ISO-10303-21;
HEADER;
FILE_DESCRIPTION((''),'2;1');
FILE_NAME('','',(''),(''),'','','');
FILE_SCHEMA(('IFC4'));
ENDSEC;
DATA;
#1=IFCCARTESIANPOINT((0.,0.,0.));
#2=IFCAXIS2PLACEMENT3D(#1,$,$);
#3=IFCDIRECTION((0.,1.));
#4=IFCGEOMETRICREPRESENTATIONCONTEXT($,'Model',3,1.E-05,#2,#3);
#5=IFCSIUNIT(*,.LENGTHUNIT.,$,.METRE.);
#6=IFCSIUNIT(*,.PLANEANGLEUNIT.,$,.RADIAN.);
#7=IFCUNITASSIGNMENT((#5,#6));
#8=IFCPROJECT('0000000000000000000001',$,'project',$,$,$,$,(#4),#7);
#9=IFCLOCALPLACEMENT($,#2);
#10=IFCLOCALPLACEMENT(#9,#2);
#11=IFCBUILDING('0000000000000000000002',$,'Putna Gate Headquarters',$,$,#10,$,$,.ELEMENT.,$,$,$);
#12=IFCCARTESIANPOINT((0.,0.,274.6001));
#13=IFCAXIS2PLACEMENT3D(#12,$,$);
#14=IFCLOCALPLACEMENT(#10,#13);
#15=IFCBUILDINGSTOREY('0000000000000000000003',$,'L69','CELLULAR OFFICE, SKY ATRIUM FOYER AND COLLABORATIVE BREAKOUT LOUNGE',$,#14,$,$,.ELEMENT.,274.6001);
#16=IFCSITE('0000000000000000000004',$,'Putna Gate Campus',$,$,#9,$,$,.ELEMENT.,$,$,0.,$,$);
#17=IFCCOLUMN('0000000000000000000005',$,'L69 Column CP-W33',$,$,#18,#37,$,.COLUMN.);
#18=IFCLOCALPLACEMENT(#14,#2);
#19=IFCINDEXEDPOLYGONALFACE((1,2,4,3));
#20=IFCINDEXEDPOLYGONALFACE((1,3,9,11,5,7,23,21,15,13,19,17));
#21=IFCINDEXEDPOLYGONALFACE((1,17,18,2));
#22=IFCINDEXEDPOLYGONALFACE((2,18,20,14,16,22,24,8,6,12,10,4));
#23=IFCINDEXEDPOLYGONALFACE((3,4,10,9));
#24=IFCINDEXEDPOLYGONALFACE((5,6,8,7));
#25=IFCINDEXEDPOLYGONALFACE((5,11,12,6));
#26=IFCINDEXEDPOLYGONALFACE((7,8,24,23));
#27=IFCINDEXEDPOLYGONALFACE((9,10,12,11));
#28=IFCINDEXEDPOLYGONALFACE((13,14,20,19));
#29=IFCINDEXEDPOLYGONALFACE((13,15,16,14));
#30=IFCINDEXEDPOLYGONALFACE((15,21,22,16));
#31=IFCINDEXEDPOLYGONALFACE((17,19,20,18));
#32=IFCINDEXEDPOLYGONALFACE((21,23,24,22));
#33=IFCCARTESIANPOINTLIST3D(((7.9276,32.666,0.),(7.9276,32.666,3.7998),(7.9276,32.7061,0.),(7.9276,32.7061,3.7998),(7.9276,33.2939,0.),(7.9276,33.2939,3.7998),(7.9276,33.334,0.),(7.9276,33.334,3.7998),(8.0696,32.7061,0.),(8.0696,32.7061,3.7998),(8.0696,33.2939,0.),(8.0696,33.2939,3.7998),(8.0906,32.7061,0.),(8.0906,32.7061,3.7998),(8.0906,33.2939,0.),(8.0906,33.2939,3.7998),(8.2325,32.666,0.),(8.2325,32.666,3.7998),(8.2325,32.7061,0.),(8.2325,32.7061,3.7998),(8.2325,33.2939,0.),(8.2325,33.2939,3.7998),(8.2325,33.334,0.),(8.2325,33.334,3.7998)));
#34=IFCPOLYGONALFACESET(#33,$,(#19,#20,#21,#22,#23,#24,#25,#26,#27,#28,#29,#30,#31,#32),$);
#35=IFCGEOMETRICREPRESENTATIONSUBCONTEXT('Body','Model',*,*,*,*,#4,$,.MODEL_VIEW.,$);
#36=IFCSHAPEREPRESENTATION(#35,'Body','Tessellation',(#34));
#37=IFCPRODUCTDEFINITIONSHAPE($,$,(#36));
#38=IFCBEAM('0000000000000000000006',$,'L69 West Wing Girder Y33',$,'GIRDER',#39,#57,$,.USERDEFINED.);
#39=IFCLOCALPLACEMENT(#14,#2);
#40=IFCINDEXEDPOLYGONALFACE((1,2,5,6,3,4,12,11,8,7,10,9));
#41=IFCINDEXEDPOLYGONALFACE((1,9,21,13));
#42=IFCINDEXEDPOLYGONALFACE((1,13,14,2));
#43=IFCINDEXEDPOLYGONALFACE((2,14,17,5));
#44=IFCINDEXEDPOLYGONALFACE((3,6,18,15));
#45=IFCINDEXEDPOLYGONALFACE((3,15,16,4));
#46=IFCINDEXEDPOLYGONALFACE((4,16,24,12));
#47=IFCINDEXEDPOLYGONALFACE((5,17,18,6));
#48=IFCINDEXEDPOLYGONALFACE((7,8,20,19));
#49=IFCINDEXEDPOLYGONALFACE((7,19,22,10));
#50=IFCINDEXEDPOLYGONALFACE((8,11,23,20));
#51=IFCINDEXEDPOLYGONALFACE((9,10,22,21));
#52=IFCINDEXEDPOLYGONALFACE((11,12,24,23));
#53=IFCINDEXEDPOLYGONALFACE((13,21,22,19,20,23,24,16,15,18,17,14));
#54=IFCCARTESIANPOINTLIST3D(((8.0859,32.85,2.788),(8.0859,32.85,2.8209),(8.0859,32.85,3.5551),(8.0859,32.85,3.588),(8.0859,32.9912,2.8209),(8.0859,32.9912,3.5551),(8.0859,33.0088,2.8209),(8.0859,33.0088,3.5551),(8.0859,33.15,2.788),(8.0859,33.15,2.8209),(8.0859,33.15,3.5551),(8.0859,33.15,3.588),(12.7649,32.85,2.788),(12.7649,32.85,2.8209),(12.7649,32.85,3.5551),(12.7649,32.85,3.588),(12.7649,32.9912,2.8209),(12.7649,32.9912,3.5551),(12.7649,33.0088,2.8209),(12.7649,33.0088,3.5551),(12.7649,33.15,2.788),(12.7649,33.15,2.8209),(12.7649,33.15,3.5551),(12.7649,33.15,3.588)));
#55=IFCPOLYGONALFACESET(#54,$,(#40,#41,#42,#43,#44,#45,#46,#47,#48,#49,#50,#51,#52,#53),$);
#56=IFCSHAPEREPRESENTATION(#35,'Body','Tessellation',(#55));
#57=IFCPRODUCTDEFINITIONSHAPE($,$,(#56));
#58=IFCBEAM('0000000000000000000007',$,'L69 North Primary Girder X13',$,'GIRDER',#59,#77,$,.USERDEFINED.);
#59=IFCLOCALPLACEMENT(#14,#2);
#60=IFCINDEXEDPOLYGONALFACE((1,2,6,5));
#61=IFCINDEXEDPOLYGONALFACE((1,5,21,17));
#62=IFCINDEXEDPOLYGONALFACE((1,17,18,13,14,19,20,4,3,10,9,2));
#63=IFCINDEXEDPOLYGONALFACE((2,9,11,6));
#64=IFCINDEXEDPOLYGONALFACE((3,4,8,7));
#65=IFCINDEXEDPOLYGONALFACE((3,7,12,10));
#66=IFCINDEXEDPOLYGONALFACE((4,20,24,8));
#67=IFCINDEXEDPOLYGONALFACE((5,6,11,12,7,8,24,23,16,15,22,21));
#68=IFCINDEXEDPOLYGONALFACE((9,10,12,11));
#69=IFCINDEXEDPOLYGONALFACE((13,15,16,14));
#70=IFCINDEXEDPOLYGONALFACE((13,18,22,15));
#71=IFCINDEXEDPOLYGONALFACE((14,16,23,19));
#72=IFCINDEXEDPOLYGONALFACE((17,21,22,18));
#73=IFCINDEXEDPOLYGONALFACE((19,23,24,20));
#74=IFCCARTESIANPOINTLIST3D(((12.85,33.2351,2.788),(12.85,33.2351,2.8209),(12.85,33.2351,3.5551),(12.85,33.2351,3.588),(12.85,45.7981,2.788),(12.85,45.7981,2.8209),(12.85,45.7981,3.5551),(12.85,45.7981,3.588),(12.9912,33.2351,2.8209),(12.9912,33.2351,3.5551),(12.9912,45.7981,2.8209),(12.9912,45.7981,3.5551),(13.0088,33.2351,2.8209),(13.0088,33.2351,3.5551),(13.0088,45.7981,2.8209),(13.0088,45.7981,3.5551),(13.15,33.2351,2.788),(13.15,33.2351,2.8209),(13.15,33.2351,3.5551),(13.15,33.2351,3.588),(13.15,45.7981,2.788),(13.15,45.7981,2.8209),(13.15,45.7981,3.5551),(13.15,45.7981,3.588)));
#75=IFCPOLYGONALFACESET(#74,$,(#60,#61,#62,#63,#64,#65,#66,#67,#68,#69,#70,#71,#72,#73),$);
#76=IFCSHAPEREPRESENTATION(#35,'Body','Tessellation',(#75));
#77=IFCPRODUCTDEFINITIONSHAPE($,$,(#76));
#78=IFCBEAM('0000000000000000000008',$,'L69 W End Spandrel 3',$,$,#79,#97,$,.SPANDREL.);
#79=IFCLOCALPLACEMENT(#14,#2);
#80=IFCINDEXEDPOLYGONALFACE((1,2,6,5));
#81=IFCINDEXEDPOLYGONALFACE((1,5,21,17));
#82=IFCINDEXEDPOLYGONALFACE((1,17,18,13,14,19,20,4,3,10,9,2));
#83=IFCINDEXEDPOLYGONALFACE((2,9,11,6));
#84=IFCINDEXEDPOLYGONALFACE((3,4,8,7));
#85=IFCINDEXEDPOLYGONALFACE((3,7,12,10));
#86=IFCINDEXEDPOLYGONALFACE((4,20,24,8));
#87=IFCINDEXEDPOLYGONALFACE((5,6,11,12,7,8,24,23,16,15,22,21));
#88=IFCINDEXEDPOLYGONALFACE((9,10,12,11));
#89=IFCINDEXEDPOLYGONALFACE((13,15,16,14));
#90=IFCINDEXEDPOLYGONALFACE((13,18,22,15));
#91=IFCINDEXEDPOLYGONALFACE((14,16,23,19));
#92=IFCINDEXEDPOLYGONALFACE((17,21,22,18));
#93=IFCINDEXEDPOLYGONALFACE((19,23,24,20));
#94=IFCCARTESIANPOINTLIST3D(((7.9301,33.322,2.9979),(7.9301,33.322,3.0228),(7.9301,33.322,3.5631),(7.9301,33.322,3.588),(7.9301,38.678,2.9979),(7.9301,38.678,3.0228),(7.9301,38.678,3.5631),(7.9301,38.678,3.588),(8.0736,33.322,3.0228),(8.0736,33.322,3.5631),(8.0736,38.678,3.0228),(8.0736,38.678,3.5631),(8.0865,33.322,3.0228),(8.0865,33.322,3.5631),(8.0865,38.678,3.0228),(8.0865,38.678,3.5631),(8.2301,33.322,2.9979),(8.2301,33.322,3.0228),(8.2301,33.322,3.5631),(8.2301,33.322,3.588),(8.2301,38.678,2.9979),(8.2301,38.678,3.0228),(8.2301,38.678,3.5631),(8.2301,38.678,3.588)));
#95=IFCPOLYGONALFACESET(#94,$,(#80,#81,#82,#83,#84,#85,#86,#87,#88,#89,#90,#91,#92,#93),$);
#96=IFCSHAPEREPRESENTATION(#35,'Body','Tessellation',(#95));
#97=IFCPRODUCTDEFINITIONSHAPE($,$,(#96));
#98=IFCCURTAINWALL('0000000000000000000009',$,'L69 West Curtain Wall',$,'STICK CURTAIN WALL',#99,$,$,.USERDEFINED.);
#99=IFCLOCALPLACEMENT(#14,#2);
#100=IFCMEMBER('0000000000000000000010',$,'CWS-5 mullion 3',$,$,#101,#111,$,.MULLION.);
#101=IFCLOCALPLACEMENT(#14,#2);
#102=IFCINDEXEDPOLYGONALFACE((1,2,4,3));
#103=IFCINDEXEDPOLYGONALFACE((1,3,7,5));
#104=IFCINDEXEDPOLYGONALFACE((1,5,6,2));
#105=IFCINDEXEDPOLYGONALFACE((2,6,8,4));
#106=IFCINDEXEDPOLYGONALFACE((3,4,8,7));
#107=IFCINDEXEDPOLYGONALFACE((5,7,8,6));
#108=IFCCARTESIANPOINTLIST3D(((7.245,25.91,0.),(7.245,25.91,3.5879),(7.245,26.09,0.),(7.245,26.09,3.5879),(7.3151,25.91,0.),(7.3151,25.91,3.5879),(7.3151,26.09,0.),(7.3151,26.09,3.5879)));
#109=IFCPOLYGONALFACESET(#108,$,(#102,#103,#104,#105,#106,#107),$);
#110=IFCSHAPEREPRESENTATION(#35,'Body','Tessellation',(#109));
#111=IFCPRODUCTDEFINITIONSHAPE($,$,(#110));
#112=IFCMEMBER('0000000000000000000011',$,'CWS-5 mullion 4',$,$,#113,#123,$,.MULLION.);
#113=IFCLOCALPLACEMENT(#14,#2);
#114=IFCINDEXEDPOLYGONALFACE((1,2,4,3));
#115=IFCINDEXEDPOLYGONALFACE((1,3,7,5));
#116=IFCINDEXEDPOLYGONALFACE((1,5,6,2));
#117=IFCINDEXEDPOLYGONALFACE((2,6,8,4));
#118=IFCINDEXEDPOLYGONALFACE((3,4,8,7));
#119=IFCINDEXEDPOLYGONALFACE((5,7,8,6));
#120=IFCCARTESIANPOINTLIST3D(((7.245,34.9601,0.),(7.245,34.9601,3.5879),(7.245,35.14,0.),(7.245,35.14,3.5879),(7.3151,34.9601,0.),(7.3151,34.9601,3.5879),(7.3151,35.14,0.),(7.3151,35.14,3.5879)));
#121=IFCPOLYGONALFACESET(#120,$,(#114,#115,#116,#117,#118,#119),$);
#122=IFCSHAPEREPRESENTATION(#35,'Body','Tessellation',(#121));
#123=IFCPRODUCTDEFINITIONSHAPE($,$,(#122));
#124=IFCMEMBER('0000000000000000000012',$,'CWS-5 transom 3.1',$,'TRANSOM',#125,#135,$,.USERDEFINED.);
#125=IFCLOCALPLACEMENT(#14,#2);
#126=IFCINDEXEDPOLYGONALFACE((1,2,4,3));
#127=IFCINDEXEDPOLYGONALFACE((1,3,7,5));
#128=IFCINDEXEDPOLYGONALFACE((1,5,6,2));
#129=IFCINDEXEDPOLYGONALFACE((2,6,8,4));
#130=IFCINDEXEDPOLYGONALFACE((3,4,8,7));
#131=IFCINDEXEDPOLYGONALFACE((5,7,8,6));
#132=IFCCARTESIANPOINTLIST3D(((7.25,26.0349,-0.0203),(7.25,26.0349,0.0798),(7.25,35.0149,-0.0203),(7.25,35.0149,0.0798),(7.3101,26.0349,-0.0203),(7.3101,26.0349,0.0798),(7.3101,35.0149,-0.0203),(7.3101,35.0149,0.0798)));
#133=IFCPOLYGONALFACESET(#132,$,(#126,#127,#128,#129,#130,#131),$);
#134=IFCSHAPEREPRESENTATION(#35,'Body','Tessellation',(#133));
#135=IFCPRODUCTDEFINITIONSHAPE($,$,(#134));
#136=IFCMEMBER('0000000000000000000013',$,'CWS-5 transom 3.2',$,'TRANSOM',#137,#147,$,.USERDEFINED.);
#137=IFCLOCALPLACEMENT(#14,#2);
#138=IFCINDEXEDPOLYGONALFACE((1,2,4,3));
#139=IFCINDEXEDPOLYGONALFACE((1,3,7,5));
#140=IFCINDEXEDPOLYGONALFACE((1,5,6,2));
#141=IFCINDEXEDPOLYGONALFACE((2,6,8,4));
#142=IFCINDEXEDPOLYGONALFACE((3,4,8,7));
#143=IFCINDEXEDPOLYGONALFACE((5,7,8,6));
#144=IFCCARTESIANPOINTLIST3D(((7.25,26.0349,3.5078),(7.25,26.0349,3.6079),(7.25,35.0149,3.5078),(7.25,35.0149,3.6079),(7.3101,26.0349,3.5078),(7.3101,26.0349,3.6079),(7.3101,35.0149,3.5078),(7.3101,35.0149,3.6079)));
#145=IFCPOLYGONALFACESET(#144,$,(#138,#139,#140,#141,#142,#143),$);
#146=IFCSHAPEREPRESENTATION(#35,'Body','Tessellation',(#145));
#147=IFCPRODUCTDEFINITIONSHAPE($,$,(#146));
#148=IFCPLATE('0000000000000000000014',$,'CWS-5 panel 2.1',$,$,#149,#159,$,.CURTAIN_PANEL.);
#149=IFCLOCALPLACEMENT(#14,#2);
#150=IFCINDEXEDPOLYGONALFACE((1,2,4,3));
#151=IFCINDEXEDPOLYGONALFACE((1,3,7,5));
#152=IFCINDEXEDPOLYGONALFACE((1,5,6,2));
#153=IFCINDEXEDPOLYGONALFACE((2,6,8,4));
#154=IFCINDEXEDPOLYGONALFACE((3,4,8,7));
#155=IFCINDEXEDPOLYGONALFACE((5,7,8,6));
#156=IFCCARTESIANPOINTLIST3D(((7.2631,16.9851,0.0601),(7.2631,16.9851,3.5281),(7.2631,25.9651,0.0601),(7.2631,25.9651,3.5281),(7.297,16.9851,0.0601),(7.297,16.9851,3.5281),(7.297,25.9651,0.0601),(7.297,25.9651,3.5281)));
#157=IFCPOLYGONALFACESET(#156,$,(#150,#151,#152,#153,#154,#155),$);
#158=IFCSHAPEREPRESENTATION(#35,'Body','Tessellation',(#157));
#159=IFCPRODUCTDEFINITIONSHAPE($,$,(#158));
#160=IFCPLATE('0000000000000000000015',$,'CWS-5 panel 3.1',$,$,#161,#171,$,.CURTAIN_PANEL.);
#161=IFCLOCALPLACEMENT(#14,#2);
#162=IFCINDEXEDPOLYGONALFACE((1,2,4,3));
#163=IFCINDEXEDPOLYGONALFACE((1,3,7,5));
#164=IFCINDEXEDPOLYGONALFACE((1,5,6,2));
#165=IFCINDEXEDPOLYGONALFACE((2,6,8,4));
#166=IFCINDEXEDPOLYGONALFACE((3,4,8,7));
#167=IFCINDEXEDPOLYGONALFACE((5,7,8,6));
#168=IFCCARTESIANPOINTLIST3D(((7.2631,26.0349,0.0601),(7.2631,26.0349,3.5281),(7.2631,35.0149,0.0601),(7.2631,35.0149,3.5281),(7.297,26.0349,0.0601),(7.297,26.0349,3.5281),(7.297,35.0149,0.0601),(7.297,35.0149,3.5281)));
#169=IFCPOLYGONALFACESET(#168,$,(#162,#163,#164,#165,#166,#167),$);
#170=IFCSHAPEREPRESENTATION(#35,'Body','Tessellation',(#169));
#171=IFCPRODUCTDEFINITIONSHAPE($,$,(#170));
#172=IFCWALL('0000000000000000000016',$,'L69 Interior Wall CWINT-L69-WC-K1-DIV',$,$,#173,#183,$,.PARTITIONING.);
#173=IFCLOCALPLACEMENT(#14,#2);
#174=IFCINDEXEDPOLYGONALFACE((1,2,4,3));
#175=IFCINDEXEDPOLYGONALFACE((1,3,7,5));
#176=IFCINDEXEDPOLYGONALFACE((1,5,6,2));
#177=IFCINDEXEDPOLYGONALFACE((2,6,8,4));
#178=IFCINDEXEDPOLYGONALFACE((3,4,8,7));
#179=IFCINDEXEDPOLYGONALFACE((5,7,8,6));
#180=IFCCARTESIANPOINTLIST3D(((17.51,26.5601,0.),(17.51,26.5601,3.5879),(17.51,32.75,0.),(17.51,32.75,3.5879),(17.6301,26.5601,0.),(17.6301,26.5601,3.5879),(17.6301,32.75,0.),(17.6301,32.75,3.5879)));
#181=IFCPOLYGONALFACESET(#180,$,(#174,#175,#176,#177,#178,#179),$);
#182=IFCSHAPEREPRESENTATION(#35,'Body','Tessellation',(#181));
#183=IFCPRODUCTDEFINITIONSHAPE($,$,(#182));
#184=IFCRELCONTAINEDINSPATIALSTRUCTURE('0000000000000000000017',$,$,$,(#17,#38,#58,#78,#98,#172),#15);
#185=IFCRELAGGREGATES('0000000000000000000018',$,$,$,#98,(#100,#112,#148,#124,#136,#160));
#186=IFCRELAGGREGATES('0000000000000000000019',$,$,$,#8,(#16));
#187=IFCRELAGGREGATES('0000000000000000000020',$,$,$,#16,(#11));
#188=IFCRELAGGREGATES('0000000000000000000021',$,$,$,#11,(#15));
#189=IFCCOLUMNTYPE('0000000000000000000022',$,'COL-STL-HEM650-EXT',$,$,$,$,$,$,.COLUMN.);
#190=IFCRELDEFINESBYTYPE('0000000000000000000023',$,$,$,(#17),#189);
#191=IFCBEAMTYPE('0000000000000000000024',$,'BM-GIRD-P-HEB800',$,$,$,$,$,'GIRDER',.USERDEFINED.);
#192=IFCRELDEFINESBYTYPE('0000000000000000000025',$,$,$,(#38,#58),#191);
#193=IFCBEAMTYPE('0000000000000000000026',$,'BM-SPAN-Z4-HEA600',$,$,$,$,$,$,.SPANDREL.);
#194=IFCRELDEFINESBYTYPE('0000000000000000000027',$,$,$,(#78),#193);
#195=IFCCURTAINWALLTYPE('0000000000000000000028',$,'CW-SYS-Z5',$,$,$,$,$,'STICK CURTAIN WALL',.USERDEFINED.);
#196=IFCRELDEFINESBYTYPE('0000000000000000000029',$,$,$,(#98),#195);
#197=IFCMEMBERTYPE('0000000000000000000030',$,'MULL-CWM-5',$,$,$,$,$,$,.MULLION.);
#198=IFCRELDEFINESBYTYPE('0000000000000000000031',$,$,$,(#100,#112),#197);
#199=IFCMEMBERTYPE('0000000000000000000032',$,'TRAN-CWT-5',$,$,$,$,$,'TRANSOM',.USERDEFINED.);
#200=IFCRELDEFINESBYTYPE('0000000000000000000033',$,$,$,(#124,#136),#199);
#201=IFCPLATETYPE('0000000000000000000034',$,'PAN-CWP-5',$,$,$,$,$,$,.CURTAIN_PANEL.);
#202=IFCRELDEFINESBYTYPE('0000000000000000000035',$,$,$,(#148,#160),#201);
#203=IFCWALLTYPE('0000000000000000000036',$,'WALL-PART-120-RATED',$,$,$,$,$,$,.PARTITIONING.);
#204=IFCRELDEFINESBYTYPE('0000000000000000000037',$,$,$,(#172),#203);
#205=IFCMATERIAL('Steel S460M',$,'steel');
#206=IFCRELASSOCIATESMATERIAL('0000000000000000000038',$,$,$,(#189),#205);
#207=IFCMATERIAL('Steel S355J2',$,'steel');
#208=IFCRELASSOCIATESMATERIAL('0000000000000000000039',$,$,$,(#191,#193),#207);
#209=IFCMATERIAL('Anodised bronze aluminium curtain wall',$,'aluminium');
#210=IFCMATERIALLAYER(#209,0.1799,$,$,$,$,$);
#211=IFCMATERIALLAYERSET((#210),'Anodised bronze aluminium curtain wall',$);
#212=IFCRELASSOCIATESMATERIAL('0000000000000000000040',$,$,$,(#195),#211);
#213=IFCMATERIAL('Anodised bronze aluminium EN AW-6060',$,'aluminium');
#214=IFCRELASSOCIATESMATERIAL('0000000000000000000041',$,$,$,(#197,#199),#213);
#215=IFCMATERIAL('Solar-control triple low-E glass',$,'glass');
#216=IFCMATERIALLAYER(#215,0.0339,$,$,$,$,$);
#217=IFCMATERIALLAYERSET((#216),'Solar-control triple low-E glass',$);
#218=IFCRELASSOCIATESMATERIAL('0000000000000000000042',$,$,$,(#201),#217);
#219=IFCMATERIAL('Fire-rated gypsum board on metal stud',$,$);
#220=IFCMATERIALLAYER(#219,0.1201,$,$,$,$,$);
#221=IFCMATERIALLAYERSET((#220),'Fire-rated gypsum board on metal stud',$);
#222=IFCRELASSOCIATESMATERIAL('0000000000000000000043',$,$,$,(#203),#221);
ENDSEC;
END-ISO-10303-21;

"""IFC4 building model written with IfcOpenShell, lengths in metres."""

from ifc_helpers import new_model, si_unit, direction, frame, frame_2d, origin, origin_2d, place, context, subcontext, project, spatial, rectangle, i_section, extrude, material, layer, layer_set, material_profile, profile_set, type_object, element, aggregate, save


model = new_model("IFC4")

# Units and contexts
model_context = context("Model", 3, precision=1e-05, world=origin(), true_north=direction((0.0, 1.0)))
body_context = subcontext(model_context, "Body", "Model", "MODEL_VIEW")
ifc_project = project(units=[si_unit("LENGTHUNIT", "METRE"), si_unit("PLANEANGLEUNIT", "RADIAN")], contexts=[model_context])

# Site, building, storey
site_placement = place(None, origin())
site = spatial("IfcSite", under=ifc_project, at=site_placement, Name="Putna Gate Campus", CompositionType="ELEMENT", RefElevation=0.0)
building_placement = place(site_placement, origin())
building = spatial("IfcBuilding", under=site, at=building_placement, Name="Putna Gate Headquarters", CompositionType="ELEMENT")
storey_placement = place(building_placement, frame((0.0, 0.0, 274.6001)))
storey = spatial("IfcBuildingStorey", under=building, at=storey_placement, Name="L69", Description="CELLULAR OFFICE, SKY ATRIUM FOYER AND COLLABORATIVE BREAKOUT LOUNGE", CompositionType="ELEMENT", Elevation=274.6001)

# Column
ifc_material_1 = material(Name="Steel S460M", Category="steel")
ifc_material_profile_1 = material_profile(ifc_material_1, i_section(OverallWidth=0.3049, OverallDepth=0.668, WebThickness=0.021, FlangeThickness=0.04, at=origin_2d()), Name="Steel S460M")
ifc_profile_set_1 = profile_set([ifc_material_profile_1], Name="Steel S460M")
column_type = type_object("IfcColumnType", Name="COL-STL-HEM650-EXT", PredefinedType="COLUMN", material=ifc_profile_set_1)
column_placement = place(storey_placement, frame((8.0801, 33.0, 0.0), z_axis=(0.0, 0.0, 1.0), x_axis=(1.0, 0.0, 0.0)))
element("IfcColumn", 1, at=column_placement, inside=storey, type_object=column_type, Name="L69 Column CP-W33", PredefinedType="COLUMN", context=body_context, shape_type="SweptSolid", body=[
    extrude(i_section(OverallWidth=0.3049, OverallDepth=0.668, WebThickness=0.021, FlangeThickness=0.04, at=origin_2d()), origin(), (0.0, 0.0, 1.0), 3.7998),
])

# Beams
ifc_material_2 = material(Name="Steel S355J2", Category="steel")
ifc_material_profile_2 = material_profile(ifc_material_2, i_section(OverallWidth=0.3, OverallDepth=0.8, WebThickness=0.0176, FlangeThickness=0.033, at=origin_2d()), Name="Steel S355J2")
ifc_profile_set_2 = profile_set([ifc_material_profile_2], Name="Steel S355J2")
beam_type_1 = type_object("IfcBeamType", Name="BM-GIRD-P-HEB800", ElementType="GIRDER", PredefinedType="USERDEFINED", material=ifc_profile_set_2)
beam_1_placement = place(storey_placement, frame((8.0859, 33.0, 3.188), z_axis=(1.0, 0.0, 0.0), x_axis=(0.0, 1.0, 0.0)))
element("IfcBeam", 2, at=beam_1_placement, inside=storey, type_object=beam_type_1, Name="L69 West Wing Girder Y33", ObjectType="GIRDER", PredefinedType="USERDEFINED", context=body_context, shape_type="SweptSolid", body=[
    extrude(i_section(OverallWidth=0.3, OverallDepth=0.8, WebThickness=0.0176, FlangeThickness=0.033, at=origin_2d()), origin(), (0.0, 0.0, 1.0), 4.679),
])
beam_2_placement = place(storey_placement, frame((13.0, 33.2351, 3.188), z_axis=(0.0, 1.0, 0.0), x_axis=(-1.0, 0.0, 0.0)))
element("IfcBeam", 3, at=beam_2_placement, inside=storey, type_object=beam_type_1, Name="L69 North Primary Girder X13", ObjectType="GIRDER", PredefinedType="USERDEFINED", context=body_context, shape_type="SweptSolid", body=[
    extrude(i_section(OverallWidth=0.3, OverallDepth=0.8, WebThickness=0.0176, FlangeThickness=0.033, at=origin_2d()), origin(), (0.0, 0.0, 1.0), 12.563),
])
ifc_material_profile_3 = material_profile(ifc_material_2, i_section(OverallWidth=0.3, OverallDepth=0.5901, WebThickness=0.0129, FlangeThickness=0.0249, at=origin_2d()), Name="Steel S355J2")
ifc_profile_set_3 = profile_set([ifc_material_profile_3], Name="Steel S355J2")
beam_type_2 = type_object("IfcBeamType", Name="BM-SPAN-Z4-HEA600", PredefinedType="SPANDREL", material=ifc_profile_set_3)
beam_3_placement = place(storey_placement, frame((8.0801, 33.322, 3.293), z_axis=(0.0, 1.0, 0.0), x_axis=(-1.0, 0.0, 0.0)))
element("IfcBeam", 4, at=beam_3_placement, inside=storey, type_object=beam_type_2, Name="L69 W End Spandrel 3", PredefinedType="SPANDREL", context=body_context, shape_type="SweptSolid", body=[
    extrude(i_section(OverallWidth=0.3, OverallDepth=0.5901, WebThickness=0.0129, FlangeThickness=0.0249, at=origin_2d()), origin(), (0.0, 0.0, 1.0), 5.356),
])

# Curtain wall, members, plates
ifc_material_3 = material(Name="Anodised bronze aluminium curtain wall", Category="aluminium")
ifc_layer_1 = layer(ifc_material_3, 0.1799)
ifc_layer_set_1 = layer_set([ifc_layer_1], Name="Anodised bronze aluminium curtain wall")
curtain_wall_type = type_object("IfcCurtainWallType", Name="CW-SYS-Z5", ElementType="STICK CURTAIN WALL", PredefinedType="USERDEFINED", material=ifc_layer_set_1)
curtain_wall_placement = place(storey_placement, origin())
curtain_wall = element("IfcCurtainWall", 5, at=curtain_wall_placement, inside=storey, type_object=curtain_wall_type, Name="L69 West Curtain Wall", ObjectType="STICK CURTAIN WALL", PredefinedType="USERDEFINED")
ifc_material_4 = material(Name="Anodised bronze aluminium EN AW-6060", Category="aluminium")
ifc_material_profile_4 = material_profile(ifc_material_4, rectangle(XDim=0.0701, YDim=0.1799, at=origin_2d()), Name="Anodised bronze aluminium EN AW-6060")
ifc_profile_set_4 = profile_set([ifc_material_profile_4], Name="Anodised bronze aluminium EN AW-6060")
member_type_1 = type_object("IfcMemberType", Name="MULL-CWM-5", PredefinedType="MULLION", material=ifc_profile_set_4)
member_1_placement = place(storey_placement, frame((7.28, 26.0, 0.0), z_axis=(0.0, 0.0, 1.0), x_axis=(-1.0, 0.0, 0.0)))
member_1 = element("IfcMember", 6, at=member_1_placement, type_object=member_type_1, Name="CWS-5 mullion 3", PredefinedType="MULLION", context=body_context, shape_type="SweptSolid", body=[
    extrude(rectangle(XDim=0.0701, YDim=0.1799, at=origin_2d()), origin(), (0.0, 0.0, 1.0), 3.5879),
])
member_2_placement = place(storey_placement, frame((7.28, 35.05, 0.0), z_axis=(0.0, 0.0, 1.0), x_axis=(-1.0, 0.0, 0.0)))
member_2 = element("IfcMember", 7, at=member_2_placement, type_object=member_type_1, Name="CWS-5 mullion 4", PredefinedType="MULLION", context=body_context, shape_type="SweptSolid", body=[
    extrude(rectangle(XDim=0.0701, YDim=0.1799, at=origin_2d()), origin(), (0.0, 0.0, 1.0), 3.5879),
])
ifc_material_profile_5 = material_profile(ifc_material_4, rectangle(XDim=0.0601, YDim=0.1001, at=origin_2d()), Name="Anodised bronze aluminium EN AW-6060")
ifc_profile_set_5 = profile_set([ifc_material_profile_5], Name="Anodised bronze aluminium EN AW-6060")
member_type_2 = type_object("IfcMemberType", Name="TRAN-CWT-5", ElementType="TRANSOM", PredefinedType="USERDEFINED", material=ifc_profile_set_5)
member_3_placement = place(storey_placement, frame((7.28, 26.0349, 0.0298), z_axis=(0.0, 1.0, 0.0), x_axis=(-1.0, 0.0, 0.0)))
member_3 = element("IfcMember", 8, at=member_3_placement, type_object=member_type_2, Name="CWS-5 transom 3.1", ObjectType="TRANSOM", PredefinedType="USERDEFINED", context=body_context, shape_type="SweptSolid", body=[
    extrude(rectangle(XDim=0.0601, YDim=0.1001, at=origin_2d()), origin(), (0.0, 0.0, 1.0), 8.98),
])
member_4_placement = place(storey_placement, frame((7.28, 26.0349, 3.5579), z_axis=(0.0, 1.0, 0.0), x_axis=(-1.0, 0.0, 0.0)))
member_4 = element("IfcMember", 9, at=member_4_placement, type_object=member_type_2, Name="CWS-5 transom 3.2", ObjectType="TRANSOM", PredefinedType="USERDEFINED", context=body_context, shape_type="SweptSolid", body=[
    extrude(rectangle(XDim=0.0601, YDim=0.1001, at=origin_2d()), origin(), (0.0, 0.0, 1.0), 8.98),
])
ifc_material_5 = material(Name="Solar-control triple low-E glass", Category="glass")
ifc_layer_2 = layer(ifc_material_5, 0.0339)
ifc_layer_set_2 = layer_set([ifc_layer_2], Name="Solar-control triple low-E glass")
plate_type = type_object("IfcPlateType", Name="PAN-CWP-5", PredefinedType="CURTAIN_PANEL", material=ifc_layer_set_2)
plate_1_placement = place(storey_placement, frame((7.28, 21.4751, 0.0601), z_axis=(0.0, 0.0, 1.0), x_axis=(0.0, 1.0, 0.0)))
plate_1 = element("IfcPlate", 10, at=plate_1_placement, type_object=plate_type, Name="CWS-5 panel 2.1", PredefinedType="CURTAIN_PANEL", context=body_context, shape_type="SweptSolid", body=[
    extrude(rectangle(XDim=8.98, YDim=0.0339, at=origin_2d()), origin(), (0.0, 0.0, 1.0), 3.468),
])
plate_2_placement = place(storey_placement, frame((7.28, 30.5249, 0.0601), z_axis=(0.0, 0.0, 1.0), x_axis=(0.0, 1.0, 0.0)))
plate_2 = element("IfcPlate", 11, at=plate_2_placement, type_object=plate_type, Name="CWS-5 panel 3.1", PredefinedType="CURTAIN_PANEL", context=body_context, shape_type="SweptSolid", body=[
    extrude(rectangle(XDim=8.98, YDim=0.0339, at=origin_2d()), origin(), (0.0, 0.0, 1.0), 3.468),
])
aggregate(curtain_wall, [member_1, member_2, plate_1, member_3, member_4, plate_2])

# Wall
ifc_material_6 = material(Name="Fire-rated gypsum board on metal stud")
ifc_layer_3 = layer(ifc_material_6, 0.1201)
ifc_layer_set_3 = layer_set([ifc_layer_3], Name="Fire-rated gypsum board on metal stud")
wall_type_1 = type_object("IfcWallType", Name="WALL-PART-120-RATED", PredefinedType="PARTITIONING", material=ifc_layer_set_3)
wall_1_placement = place(storey_placement, frame((17.5701, 26.5601, 0.0), z_axis=(0.0, 0.0, 1.0), x_axis=(0.0, 1.0, 0.0)))
element("IfcWall", 12, at=wall_1_placement, inside=storey, type_object=wall_type_1, Name="L69 Interior Wall CWINT-L69-WC-K1-DIV", PredefinedType="PARTITIONING", context=body_context, shape_type="SweptSolid", body=[
    extrude(rectangle(XDim=6.1899, YDim=0.1201, at=frame_2d((3.095, 0.0))), origin(), (0.0, 0.0, 1.0), 3.5879),
])

save(model, "model.ifc")
